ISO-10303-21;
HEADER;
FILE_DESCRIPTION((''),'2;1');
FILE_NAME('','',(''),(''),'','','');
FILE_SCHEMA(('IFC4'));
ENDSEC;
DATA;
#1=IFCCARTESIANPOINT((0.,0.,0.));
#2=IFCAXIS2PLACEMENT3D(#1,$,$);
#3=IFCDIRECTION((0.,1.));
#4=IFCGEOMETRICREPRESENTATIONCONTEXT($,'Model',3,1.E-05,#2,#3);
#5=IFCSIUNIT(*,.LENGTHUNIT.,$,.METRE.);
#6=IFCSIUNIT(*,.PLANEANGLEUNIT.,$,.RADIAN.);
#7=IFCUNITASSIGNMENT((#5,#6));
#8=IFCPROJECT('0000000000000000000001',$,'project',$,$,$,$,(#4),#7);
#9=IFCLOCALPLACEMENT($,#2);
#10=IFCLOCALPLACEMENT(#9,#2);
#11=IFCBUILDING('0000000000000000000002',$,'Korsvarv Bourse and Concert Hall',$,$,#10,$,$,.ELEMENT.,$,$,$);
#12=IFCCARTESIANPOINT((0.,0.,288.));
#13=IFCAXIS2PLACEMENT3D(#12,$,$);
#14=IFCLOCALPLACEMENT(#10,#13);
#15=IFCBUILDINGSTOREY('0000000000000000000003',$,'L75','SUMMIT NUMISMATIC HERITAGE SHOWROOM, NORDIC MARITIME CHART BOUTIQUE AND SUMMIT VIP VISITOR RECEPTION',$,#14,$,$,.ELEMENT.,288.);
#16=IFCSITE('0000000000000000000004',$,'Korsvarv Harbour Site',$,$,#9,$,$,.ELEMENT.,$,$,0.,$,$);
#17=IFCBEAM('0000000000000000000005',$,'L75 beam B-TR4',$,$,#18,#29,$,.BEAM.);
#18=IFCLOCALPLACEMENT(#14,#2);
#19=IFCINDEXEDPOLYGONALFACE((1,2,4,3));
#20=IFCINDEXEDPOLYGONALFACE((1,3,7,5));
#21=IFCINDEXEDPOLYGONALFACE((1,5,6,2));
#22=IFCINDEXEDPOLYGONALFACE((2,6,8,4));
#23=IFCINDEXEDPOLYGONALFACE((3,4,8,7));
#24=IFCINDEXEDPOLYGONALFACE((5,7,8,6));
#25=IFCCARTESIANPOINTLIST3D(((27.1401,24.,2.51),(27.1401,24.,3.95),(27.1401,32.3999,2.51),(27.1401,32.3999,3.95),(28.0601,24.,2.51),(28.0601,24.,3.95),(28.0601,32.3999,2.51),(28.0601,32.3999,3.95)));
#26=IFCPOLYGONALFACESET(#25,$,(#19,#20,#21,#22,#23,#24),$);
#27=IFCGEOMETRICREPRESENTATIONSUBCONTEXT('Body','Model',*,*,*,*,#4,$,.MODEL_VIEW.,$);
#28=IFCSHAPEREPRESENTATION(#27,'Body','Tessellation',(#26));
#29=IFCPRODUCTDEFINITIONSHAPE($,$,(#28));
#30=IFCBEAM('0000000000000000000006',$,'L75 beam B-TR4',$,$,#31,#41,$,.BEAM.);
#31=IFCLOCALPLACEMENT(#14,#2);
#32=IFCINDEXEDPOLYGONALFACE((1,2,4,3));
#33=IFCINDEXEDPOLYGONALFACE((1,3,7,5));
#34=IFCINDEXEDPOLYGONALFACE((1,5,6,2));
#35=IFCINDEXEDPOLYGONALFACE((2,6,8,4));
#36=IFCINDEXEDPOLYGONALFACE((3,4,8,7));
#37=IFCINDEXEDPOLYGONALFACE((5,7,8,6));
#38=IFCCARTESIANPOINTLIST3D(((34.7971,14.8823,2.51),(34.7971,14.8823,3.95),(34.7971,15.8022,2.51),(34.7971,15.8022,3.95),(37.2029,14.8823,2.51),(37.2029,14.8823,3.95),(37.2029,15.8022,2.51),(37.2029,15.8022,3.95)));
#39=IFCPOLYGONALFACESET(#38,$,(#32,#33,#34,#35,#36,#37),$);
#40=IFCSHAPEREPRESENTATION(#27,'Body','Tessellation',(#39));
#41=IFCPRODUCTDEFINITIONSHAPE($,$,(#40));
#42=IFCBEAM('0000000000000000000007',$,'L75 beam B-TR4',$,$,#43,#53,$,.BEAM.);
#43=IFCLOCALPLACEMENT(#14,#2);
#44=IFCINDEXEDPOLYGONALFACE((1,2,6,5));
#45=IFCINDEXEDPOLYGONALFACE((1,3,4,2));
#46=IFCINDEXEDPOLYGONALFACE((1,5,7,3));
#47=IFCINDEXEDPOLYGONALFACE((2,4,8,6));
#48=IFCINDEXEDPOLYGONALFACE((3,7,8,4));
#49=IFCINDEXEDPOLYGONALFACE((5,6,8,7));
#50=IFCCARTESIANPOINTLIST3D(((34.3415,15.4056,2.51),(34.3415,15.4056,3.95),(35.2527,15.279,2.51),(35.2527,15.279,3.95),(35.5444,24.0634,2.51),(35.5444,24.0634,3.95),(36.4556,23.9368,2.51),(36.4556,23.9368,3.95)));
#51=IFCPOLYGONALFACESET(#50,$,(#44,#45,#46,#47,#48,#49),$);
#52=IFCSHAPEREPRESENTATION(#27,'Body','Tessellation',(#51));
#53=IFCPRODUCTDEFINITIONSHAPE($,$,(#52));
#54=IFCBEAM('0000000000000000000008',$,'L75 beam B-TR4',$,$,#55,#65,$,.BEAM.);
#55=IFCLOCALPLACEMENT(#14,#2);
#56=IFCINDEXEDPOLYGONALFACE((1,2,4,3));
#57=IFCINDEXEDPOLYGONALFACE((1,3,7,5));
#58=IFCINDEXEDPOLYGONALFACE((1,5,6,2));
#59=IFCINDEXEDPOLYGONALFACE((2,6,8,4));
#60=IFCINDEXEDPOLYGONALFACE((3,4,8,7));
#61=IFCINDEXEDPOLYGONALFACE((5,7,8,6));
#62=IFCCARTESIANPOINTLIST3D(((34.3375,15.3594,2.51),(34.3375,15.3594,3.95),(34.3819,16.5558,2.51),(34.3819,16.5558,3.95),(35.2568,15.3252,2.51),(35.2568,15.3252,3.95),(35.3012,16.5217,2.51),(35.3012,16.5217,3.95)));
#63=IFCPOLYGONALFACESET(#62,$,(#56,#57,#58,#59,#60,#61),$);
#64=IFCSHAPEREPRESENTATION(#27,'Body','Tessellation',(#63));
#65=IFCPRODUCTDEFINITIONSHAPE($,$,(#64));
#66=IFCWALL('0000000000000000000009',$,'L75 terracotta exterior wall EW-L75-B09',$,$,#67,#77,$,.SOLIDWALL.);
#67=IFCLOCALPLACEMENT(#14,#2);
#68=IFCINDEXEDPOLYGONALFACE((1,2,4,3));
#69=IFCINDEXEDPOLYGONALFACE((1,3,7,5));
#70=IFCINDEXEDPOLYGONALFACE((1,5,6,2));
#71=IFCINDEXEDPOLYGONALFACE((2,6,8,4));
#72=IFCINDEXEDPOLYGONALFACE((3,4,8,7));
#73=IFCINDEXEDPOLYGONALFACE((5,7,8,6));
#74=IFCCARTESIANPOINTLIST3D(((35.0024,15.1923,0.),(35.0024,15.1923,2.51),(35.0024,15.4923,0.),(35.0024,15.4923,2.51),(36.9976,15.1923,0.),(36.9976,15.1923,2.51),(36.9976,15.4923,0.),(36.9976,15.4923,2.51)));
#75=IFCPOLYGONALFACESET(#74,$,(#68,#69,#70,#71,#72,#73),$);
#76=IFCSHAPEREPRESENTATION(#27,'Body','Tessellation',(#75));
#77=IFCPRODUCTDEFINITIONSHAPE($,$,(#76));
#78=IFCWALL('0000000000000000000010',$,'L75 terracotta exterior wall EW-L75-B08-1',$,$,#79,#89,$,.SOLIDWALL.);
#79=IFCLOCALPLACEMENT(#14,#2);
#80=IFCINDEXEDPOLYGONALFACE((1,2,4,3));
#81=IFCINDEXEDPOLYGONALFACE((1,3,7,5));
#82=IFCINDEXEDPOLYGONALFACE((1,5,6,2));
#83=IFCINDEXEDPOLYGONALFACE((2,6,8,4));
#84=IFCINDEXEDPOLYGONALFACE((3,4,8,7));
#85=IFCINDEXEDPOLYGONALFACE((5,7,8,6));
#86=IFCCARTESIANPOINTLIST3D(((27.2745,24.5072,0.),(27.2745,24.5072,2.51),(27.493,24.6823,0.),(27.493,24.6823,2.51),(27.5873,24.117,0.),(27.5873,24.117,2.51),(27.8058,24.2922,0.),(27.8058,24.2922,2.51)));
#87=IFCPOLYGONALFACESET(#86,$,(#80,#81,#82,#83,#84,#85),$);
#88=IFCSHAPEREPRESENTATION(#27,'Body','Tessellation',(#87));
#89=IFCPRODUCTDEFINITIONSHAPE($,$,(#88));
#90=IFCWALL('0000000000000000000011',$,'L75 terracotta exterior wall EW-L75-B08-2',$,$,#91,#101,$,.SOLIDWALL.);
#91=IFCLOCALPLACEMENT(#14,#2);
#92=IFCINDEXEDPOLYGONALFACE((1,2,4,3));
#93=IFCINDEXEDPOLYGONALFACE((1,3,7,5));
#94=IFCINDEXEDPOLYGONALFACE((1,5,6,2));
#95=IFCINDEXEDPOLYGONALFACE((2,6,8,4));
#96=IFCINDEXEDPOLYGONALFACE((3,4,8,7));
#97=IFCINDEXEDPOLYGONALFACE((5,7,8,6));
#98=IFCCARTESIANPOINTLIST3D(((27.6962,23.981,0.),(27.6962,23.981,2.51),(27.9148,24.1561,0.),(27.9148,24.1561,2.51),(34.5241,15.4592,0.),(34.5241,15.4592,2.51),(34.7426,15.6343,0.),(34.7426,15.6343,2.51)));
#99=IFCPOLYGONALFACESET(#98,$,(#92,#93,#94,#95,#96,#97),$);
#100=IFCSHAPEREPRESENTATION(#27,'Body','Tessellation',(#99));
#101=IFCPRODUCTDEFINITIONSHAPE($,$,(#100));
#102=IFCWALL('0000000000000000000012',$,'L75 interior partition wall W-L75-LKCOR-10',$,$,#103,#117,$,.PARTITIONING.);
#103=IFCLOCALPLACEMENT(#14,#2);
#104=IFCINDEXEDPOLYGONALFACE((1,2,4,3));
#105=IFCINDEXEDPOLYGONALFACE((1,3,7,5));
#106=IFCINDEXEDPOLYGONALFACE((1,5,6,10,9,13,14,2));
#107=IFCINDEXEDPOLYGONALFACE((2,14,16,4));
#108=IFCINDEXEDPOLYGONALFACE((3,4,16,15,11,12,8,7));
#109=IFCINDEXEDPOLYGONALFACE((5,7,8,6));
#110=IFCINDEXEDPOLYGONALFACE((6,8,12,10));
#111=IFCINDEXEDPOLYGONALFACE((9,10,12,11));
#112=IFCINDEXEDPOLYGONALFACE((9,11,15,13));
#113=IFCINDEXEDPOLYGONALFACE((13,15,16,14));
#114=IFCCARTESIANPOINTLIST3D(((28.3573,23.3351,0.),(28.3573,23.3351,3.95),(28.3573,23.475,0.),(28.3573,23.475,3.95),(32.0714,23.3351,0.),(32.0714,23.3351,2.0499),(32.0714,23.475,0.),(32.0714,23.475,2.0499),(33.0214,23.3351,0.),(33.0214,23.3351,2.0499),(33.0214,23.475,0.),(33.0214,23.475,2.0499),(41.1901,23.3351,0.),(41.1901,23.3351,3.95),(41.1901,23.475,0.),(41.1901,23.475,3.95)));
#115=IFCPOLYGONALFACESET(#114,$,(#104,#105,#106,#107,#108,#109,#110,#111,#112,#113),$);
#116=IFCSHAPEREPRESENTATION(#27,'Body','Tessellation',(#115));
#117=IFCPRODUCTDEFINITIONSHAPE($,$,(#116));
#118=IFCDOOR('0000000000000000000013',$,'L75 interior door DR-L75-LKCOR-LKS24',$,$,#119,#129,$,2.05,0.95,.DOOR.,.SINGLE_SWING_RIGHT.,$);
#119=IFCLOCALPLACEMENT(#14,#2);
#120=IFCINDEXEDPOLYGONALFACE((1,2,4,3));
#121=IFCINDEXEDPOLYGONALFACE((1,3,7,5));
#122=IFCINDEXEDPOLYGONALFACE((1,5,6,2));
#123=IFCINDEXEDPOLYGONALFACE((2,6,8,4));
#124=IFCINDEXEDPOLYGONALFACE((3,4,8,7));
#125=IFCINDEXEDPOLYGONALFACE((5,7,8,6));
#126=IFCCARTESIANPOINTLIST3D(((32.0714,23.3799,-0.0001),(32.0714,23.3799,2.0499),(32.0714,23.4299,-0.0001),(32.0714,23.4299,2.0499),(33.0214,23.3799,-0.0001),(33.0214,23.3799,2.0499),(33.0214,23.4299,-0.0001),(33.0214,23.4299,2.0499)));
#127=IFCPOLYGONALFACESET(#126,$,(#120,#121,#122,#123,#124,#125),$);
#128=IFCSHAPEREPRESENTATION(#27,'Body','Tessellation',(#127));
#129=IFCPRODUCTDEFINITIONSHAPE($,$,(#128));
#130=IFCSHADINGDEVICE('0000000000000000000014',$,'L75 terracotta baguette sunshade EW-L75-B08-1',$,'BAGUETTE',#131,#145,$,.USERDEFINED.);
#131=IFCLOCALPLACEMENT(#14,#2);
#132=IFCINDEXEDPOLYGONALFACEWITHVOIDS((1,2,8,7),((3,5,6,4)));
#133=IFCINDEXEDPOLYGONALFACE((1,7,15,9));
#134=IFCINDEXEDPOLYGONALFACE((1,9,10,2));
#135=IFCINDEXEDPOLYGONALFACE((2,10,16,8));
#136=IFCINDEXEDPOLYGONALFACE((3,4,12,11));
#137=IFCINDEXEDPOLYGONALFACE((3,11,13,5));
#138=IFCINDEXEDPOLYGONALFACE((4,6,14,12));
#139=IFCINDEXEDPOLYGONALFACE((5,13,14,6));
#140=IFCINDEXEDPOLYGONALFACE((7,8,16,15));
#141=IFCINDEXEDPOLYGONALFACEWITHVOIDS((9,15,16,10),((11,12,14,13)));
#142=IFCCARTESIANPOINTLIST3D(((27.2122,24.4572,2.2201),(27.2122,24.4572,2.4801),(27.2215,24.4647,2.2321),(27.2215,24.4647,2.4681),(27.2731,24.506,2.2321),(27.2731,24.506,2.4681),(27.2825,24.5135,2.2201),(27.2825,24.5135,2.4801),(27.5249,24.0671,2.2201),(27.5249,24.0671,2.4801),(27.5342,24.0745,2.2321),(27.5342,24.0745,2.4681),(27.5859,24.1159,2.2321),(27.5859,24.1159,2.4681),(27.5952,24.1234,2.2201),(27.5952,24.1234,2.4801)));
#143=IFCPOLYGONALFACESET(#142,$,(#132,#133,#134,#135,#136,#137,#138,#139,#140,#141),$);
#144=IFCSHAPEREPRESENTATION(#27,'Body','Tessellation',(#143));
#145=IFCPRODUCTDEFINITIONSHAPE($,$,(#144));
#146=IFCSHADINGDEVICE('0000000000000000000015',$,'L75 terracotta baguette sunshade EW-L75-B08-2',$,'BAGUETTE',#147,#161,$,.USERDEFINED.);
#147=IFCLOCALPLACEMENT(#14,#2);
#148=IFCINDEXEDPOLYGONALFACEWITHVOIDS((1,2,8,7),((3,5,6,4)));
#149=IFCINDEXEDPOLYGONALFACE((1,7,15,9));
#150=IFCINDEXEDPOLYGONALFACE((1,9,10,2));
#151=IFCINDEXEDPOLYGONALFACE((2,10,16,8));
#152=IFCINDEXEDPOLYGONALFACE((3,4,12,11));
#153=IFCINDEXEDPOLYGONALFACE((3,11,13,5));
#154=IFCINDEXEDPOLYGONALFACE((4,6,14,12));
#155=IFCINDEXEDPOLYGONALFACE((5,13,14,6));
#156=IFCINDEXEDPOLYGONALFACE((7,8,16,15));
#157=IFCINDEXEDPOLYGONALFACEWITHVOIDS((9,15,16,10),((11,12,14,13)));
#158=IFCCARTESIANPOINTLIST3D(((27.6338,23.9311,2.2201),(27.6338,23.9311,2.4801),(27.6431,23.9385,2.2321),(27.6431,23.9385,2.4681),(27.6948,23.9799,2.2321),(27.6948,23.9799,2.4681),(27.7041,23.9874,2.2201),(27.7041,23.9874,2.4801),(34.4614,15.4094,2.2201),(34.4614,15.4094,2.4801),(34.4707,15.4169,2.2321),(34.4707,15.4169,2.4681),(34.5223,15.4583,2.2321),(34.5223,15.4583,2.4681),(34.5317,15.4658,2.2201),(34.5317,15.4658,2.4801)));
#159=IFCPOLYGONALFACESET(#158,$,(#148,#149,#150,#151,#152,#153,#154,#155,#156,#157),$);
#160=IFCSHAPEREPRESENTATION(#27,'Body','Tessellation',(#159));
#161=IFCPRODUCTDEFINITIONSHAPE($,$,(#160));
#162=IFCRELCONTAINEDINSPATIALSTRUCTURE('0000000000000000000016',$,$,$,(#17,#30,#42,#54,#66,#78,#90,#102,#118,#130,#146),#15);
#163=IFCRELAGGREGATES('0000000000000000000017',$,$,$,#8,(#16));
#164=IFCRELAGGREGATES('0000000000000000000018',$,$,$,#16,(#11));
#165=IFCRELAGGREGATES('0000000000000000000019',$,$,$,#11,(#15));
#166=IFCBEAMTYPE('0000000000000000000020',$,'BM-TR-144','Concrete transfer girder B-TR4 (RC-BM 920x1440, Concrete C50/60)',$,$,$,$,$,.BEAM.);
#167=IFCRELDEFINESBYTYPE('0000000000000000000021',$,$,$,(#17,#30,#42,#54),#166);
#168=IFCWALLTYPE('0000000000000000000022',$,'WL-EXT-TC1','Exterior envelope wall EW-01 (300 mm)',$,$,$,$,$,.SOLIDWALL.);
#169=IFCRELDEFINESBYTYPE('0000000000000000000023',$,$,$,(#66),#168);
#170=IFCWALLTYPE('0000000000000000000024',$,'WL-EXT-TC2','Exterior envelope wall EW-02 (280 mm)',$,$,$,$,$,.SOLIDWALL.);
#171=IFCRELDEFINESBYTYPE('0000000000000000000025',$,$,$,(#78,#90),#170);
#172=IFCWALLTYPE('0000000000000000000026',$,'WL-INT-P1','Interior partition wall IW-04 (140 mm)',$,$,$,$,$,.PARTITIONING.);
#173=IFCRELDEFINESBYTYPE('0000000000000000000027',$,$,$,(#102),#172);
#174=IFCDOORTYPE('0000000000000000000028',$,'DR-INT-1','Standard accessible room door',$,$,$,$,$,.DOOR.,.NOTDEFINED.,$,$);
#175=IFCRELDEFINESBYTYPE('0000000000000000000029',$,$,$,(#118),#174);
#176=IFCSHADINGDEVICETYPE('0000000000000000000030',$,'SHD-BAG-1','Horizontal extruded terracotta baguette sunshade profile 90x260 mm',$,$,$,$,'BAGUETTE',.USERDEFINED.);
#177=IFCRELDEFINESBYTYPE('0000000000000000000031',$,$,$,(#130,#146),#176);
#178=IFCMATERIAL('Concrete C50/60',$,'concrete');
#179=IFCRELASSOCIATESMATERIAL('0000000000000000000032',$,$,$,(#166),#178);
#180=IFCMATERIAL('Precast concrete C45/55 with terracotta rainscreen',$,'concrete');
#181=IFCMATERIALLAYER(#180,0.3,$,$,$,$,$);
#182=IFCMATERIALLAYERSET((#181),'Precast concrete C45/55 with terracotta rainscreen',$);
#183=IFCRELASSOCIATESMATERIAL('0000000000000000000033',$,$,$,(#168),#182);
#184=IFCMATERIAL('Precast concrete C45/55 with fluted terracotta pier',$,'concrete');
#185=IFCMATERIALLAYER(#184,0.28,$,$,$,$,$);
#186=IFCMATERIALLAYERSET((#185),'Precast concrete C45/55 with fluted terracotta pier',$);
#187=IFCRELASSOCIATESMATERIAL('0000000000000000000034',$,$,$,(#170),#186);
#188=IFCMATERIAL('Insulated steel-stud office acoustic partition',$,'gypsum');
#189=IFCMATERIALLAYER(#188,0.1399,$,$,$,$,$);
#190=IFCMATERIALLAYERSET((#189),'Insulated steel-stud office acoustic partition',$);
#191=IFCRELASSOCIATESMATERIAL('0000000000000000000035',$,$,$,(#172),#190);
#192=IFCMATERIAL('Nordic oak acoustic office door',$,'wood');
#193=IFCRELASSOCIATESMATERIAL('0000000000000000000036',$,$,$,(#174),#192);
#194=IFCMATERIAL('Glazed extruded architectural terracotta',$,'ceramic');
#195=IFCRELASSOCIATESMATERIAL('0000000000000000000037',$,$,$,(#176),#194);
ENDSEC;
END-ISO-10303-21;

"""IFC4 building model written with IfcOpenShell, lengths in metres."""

from ifc_helpers import new_model, si_unit, direction, frame, frame_2d, origin, origin_2d, place, context, subcontext, project, spatial, rectangle, hollow_rectangle, extrude, source, transform, mapped, material, layer, layer_set, material_profile, profile_set, type_object, element, fill, save


model = new_model("IFC4")

# Units and contexts
model_context = context("Model", 3, precision=1e-05, world=origin(), true_north=direction((0.0, 1.0)))
body_context = subcontext(model_context, "Body", "Model", "MODEL_VIEW")
ifc_project = project(units=[si_unit("LENGTHUNIT", "METRE"), si_unit("PLANEANGLEUNIT", "RADIAN")], contexts=[model_context])

# Site, building, storey
site_placement = place(None, origin())
site = spatial("IfcSite", under=ifc_project, at=site_placement, Name="Korsvarv Harbour Site", CompositionType="ELEMENT", RefElevation=0.0)
building_placement = place(site_placement, origin())
building = spatial("IfcBuilding", under=site, at=building_placement, Name="Korsvarv Bourse and Concert Hall", CompositionType="ELEMENT")
storey_placement = place(building_placement, frame((0.0, 0.0, 288.0)))
storey = spatial("IfcBuildingStorey", under=building, at=storey_placement, Name="L75", Description="SUMMIT NUMISMATIC HERITAGE SHOWROOM, NORDIC MARITIME CHART BOUTIQUE AND SUMMIT VIP VISITOR RECEPTION", CompositionType="ELEMENT", Elevation=288.0)

# Beams
ifc_material_1 = material(Name="Concrete C50/60", Category="concrete")
ifc_material_profile_1 = material_profile(ifc_material_1, rectangle(XDim=0.9199, YDim=1.4399, at=origin_2d()), Name="RC-BM 920x1440")
ifc_profile_set_1 = profile_set([ifc_material_profile_1], Name="Concrete C50/60")
beam_type = type_object("IfcBeamType", Name="BM-TR-144", Description="Concrete transfer girder B-TR4 (RC-BM 920x1440, Concrete C50/60)", PredefinedType="BEAM", material=ifc_profile_set_1)
shared_shape_1 = source(origin(), body_context, "Body", "SweptSolid", [
    extrude(rectangle(XDim=0.9199, YDim=1.4399, at=origin_2d()), origin(), (0.0, 0.0, 1.0), 8.3999),
])
for number, where, z_axis, x_axis, name in (
    (1, (27.6001, 24.0, 3.23), (0.0, 1.0, 0.0), (-1.0, 0.0, 0.0), "L75 beam B-TR4"),
):
    element("IfcBeam", number, at=place(storey_placement, frame(where, z_axis=z_axis, x_axis=x_axis)), inside=storey, type_object=beam_type, Name=name, PredefinedType="BEAM", context=body_context, shape_type="MappedRepresentation", body=[
        mapped(shared_shape_1, transform((0.0, 0.0, 0.0), scale=1.0)),
    ])
shared_shape_2 = source(origin(), body_context, "Body", "SweptSolid", [
    extrude(rectangle(XDim=0.9199, YDim=1.4399, at=origin_2d()), origin(), (0.0, 0.0, 1.0), 2.4058),
])
beam_1_placement = place(storey_placement, frame((34.7971, 15.3423, 3.23), z_axis=(1.0, 0.0, 0.0), x_axis=(0.0, 1.0, 0.0)))
element("IfcBeam", 2, at=beam_1_placement, inside=storey, type_object=beam_type, Name="L75 beam B-TR4", PredefinedType="BEAM", context=body_context, shape_type="MappedRepresentation", body=[
    mapped(shared_shape_2, transform((0.0, 0.0, 0.0), scale=1.0)),
])
shared_shape_3 = source(origin(), body_context, "Body", "SweptSolid", [
    extrude(rectangle(XDim=0.9199, YDim=1.4399, at=origin_2d()), origin(), (0.0, 0.0, 1.0), 8.741),
])
beam_2_placement = place(storey_placement, frame((34.7971, 15.3423, 3.23), z_axis=(0.137616, 0.990486, 0.0), x_axis=(-0.990486, 0.137616, 0.0)))
element("IfcBeam", 3, at=beam_2_placement, inside=storey, type_object=beam_type, Name="L75 beam B-TR4", PredefinedType="BEAM", context=body_context, shape_type="MappedRepresentation", body=[
    mapped(shared_shape_3, transform((0.0, 0.0, 0.0), scale=1.0)),
])
shared_shape_4 = source(origin(), body_context, "Body", "SweptSolid", [
    extrude(rectangle(XDim=0.9199, YDim=1.4399, at=origin_2d()), origin(), (0.0, 0.0, 1.0), 1.1973),
])
beam_3_placement = place(storey_placement, frame((34.7971, 15.3423, 3.23), z_axis=(0.03711, 0.999311, 0.0), x_axis=(-0.999311, 0.03711, 0.0)))
element("IfcBeam", 4, at=beam_3_placement, inside=storey, type_object=beam_type, Name="L75 beam B-TR4", PredefinedType="BEAM", context=body_context, shape_type="MappedRepresentation", body=[
    mapped(shared_shape_4, transform((0.0, 0.0, 0.0), scale=1.0)),
])

# Walls
ifc_material_2 = material(Name="Precast concrete C45/55 with terracotta rainscreen", Category="concrete")
ifc_layer_1 = layer(ifc_material_2, 0.3)
ifc_layer_set_1 = layer_set([ifc_layer_1], Name="Precast concrete C45/55 with terracotta rainscreen")
wall_type_1 = type_object("IfcWallType", Name="WL-EXT-TC1", Description="Exterior envelope wall EW-01 (300 mm)", PredefinedType="SOLIDWALL", material=ifc_layer_set_1)
wall_1_placement = place(storey_placement, frame((35.0024, 15.3423, 0.0), z_axis=(0.0, 0.0, 1.0), x_axis=(1.0, 0.0, 0.0)))
element("IfcWall", 5, at=wall_1_placement, inside=storey, type_object=wall_type_1, Name="L75 terracotta exterior wall EW-L75-B09", PredefinedType="SOLIDWALL", context=body_context, shape_type="SweptSolid", body=[
    extrude(rectangle(XDim=1.9951, YDim=0.3, at=frame_2d((0.9976, 0.0))), origin(), (0.0, 0.0, 1.0), 2.51),
])
ifc_material_3 = material(Name="Precast concrete C45/55 with fluted terracotta pier", Category="concrete")
ifc_layer_2 = layer(ifc_material_3, 0.28)
ifc_layer_set_2 = layer_set([ifc_layer_2], Name="Precast concrete C45/55 with fluted terracotta pier")
wall_type_2 = type_object("IfcWallType", Name="WL-EXT-TC2", Description="Exterior envelope wall EW-02 (280 mm)", PredefinedType="SOLIDWALL", material=ifc_layer_set_2)
wall_2_placement = place(storey_placement, frame((27.3838, 24.5947, 0.0), z_axis=(0.0, 0.0, 1.0), x_axis=(0.625469, -0.780249, 0.0)))
element("IfcWall", 6, at=wall_2_placement, inside=storey, type_object=wall_type_2, Name="L75 terracotta exterior wall EW-L75-B08-1", PredefinedType="SOLIDWALL", context=body_context, shape_type="SweptSolid", body=[
    extrude(rectangle(XDim=0.5, YDim=0.28, at=frame_2d((0.25, 0.0))), origin(), (0.0, 0.0, 1.0), 2.51),
])
wall_3_placement = place(storey_placement, frame((27.8054, 24.0686, 0.0), z_axis=(0.0, 0.0, 1.0), x_axis=(0.625281, -0.7804, 0.0)))
element("IfcWall", 7, at=wall_3_placement, inside=storey, type_object=wall_type_2, Name="L75 terracotta exterior wall EW-L75-B08-2", PredefinedType="SOLIDWALL", context=body_context, shape_type="SweptSolid", body=[
    extrude(rectangle(XDim=10.9197, YDim=0.28, at=frame_2d((5.46, 0.0))), origin(), (0.0, 0.0, 1.0), 2.51),
])

# Wall, opening, door
ifc_material_4 = material(Name="Insulated steel-stud office acoustic partition", Category="gypsum")
ifc_layer_3 = layer(ifc_material_4, 0.1399)
ifc_layer_set_3 = layer_set([ifc_layer_3], Name="Insulated steel-stud office acoustic partition")
wall_type_3 = type_object("IfcWallType", Name="WL-INT-P1", Description="Interior partition wall IW-04 (140 mm)", PredefinedType="PARTITIONING", material=ifc_layer_set_3)
wall_4_placement = place(storey_placement, frame((28.3572, 23.405, 0.0), z_axis=(0.0, 0.0, 1.0), x_axis=(1.0, 0.0, 0.0)))
wall_4 = element("IfcWall", 8, at=wall_4_placement, inside=storey, type_object=wall_type_3, Name="L75 interior partition wall W-L75-LKCOR-10", PredefinedType="PARTITIONING", context=body_context, shape_type="SweptSolid", body=[
    extrude(rectangle(XDim=12.8328, YDim=0.1399, at=frame_2d((6.4165, 0.0))), origin(), (0.0, 0.0, 1.0), 3.95),
])
opening_placement = place(wall_4_placement, frame((3.7141, 0.0, 0.0)))
opening = element("IfcOpeningElement", 9, at=opening_placement, cuts=wall_4, PredefinedType="OPENING", context=body_context, shape_type="SweptSolid", body=[
    extrude(rectangle(XDim=0.95, YDim=2.05, at=frame_2d((0.4751, 1.0249))), frame((0.0, 0.0801, 0.0), z_axis=(0.0, -1.0, 0.0), x_axis=(1.0, 0.0, 0.0)), (0.0, 0.0, 1.0), 0.1599),
])
ifc_material_5 = material(Name="Nordic oak acoustic office door", Category="wood")
door_type = type_object("IfcDoorType", Name="DR-INT-1", Description="Standard accessible room door", OperationType="NOTDEFINED", PredefinedType="DOOR", material=ifc_material_5)
door_placement = place(opening_placement, origin())
door = element("IfcDoor", 10, at=door_placement, inside=storey, type_object=door_type, Name="L75 interior door DR-L75-LKCOR-LKS24", OperationType="SINGLE_SWING_RIGHT", OverallHeight=2.05, OverallWidth=0.95, PredefinedType="DOOR", context=body_context, shape_type="SweptSolid", body=[
    extrude(rectangle(XDim=0.95, YDim=2.05, at=frame_2d((0.4751, 1.0249))), frame((0.0, 0.0249, 0.0), z_axis=(0.0, -1.0, 0.0), x_axis=(1.0, 0.0, 0.0)), (0.0, 0.0, 1.0), 0.05),
])
fill(opening, door)

# Shading devices
ifc_material_6 = material(Name="Glazed extruded architectural terracotta", Category="ceramic")
ifc_material_profile_2 = material_profile(ifc_material_6, hollow_rectangle(XDim=0.0901, YDim=0.26, WallThickness=0.012, at=origin_2d()), Name="TC-BAG 90x260")
ifc_profile_set_2 = profile_set([ifc_material_profile_2], Name="Glazed extruded architectural terracotta")
shading_device_type = type_object("IfcShadingDeviceType", Name="SHD-BAG-1", Description="Horizontal extruded terracotta baguette sunshade profile 90x260 mm", ElementType="BAGUETTE", PredefinedType="USERDEFINED", material=ifc_profile_set_2)
shared_shape_5 = source(origin(), body_context, "Body", "SweptSolid", [
    extrude(hollow_rectangle(XDim=0.0901, YDim=0.26, WallThickness=0.012, at=origin_2d()), origin(), (0.0, 0.0, 1.0), 0.5),
])
shading_device_1_placement = place(storey_placement, frame((27.2473, 24.4854, 2.3501), z_axis=(0.625469, -0.780249, 0.0), x_axis=(0.780249, 0.625469, 0.0)))
element("IfcShadingDevice", 11, at=shading_device_1_placement, inside=storey, type_object=shading_device_type, Name="L75 terracotta baguette sunshade EW-L75-B08-1", ObjectType="BAGUETTE", PredefinedType="USERDEFINED", context=body_context, shape_type="MappedRepresentation", body=[
    mapped(shared_shape_5, transform((0.0, 0.0, 0.0), scale=1.0)),
])
shared_shape_6 = source(origin(), body_context, "Body", "SweptSolid", [
    extrude(hollow_rectangle(XDim=0.0901, YDim=0.26, WallThickness=0.012, at=origin_2d()), origin(), (0.0, 0.0, 1.0), 10.9194),
])
shading_device_2_placement = place(storey_placement, frame((27.6689, 23.9592, 2.3501), z_axis=(0.625267, -0.780411, 0.0), x_axis=(0.780411, 0.625267, 0.0)))
element("IfcShadingDevice", 12, at=shading_device_2_placement, inside=storey, type_object=shading_device_type, Name="L75 terracotta baguette sunshade EW-L75-B08-2", ObjectType="BAGUETTE", PredefinedType="USERDEFINED", context=body_context, shape_type="MappedRepresentation", body=[
    mapped(shared_shape_6, transform((0.0, 0.0, 0.0), scale=1.0)),
])

save(model, "model.ifc")
